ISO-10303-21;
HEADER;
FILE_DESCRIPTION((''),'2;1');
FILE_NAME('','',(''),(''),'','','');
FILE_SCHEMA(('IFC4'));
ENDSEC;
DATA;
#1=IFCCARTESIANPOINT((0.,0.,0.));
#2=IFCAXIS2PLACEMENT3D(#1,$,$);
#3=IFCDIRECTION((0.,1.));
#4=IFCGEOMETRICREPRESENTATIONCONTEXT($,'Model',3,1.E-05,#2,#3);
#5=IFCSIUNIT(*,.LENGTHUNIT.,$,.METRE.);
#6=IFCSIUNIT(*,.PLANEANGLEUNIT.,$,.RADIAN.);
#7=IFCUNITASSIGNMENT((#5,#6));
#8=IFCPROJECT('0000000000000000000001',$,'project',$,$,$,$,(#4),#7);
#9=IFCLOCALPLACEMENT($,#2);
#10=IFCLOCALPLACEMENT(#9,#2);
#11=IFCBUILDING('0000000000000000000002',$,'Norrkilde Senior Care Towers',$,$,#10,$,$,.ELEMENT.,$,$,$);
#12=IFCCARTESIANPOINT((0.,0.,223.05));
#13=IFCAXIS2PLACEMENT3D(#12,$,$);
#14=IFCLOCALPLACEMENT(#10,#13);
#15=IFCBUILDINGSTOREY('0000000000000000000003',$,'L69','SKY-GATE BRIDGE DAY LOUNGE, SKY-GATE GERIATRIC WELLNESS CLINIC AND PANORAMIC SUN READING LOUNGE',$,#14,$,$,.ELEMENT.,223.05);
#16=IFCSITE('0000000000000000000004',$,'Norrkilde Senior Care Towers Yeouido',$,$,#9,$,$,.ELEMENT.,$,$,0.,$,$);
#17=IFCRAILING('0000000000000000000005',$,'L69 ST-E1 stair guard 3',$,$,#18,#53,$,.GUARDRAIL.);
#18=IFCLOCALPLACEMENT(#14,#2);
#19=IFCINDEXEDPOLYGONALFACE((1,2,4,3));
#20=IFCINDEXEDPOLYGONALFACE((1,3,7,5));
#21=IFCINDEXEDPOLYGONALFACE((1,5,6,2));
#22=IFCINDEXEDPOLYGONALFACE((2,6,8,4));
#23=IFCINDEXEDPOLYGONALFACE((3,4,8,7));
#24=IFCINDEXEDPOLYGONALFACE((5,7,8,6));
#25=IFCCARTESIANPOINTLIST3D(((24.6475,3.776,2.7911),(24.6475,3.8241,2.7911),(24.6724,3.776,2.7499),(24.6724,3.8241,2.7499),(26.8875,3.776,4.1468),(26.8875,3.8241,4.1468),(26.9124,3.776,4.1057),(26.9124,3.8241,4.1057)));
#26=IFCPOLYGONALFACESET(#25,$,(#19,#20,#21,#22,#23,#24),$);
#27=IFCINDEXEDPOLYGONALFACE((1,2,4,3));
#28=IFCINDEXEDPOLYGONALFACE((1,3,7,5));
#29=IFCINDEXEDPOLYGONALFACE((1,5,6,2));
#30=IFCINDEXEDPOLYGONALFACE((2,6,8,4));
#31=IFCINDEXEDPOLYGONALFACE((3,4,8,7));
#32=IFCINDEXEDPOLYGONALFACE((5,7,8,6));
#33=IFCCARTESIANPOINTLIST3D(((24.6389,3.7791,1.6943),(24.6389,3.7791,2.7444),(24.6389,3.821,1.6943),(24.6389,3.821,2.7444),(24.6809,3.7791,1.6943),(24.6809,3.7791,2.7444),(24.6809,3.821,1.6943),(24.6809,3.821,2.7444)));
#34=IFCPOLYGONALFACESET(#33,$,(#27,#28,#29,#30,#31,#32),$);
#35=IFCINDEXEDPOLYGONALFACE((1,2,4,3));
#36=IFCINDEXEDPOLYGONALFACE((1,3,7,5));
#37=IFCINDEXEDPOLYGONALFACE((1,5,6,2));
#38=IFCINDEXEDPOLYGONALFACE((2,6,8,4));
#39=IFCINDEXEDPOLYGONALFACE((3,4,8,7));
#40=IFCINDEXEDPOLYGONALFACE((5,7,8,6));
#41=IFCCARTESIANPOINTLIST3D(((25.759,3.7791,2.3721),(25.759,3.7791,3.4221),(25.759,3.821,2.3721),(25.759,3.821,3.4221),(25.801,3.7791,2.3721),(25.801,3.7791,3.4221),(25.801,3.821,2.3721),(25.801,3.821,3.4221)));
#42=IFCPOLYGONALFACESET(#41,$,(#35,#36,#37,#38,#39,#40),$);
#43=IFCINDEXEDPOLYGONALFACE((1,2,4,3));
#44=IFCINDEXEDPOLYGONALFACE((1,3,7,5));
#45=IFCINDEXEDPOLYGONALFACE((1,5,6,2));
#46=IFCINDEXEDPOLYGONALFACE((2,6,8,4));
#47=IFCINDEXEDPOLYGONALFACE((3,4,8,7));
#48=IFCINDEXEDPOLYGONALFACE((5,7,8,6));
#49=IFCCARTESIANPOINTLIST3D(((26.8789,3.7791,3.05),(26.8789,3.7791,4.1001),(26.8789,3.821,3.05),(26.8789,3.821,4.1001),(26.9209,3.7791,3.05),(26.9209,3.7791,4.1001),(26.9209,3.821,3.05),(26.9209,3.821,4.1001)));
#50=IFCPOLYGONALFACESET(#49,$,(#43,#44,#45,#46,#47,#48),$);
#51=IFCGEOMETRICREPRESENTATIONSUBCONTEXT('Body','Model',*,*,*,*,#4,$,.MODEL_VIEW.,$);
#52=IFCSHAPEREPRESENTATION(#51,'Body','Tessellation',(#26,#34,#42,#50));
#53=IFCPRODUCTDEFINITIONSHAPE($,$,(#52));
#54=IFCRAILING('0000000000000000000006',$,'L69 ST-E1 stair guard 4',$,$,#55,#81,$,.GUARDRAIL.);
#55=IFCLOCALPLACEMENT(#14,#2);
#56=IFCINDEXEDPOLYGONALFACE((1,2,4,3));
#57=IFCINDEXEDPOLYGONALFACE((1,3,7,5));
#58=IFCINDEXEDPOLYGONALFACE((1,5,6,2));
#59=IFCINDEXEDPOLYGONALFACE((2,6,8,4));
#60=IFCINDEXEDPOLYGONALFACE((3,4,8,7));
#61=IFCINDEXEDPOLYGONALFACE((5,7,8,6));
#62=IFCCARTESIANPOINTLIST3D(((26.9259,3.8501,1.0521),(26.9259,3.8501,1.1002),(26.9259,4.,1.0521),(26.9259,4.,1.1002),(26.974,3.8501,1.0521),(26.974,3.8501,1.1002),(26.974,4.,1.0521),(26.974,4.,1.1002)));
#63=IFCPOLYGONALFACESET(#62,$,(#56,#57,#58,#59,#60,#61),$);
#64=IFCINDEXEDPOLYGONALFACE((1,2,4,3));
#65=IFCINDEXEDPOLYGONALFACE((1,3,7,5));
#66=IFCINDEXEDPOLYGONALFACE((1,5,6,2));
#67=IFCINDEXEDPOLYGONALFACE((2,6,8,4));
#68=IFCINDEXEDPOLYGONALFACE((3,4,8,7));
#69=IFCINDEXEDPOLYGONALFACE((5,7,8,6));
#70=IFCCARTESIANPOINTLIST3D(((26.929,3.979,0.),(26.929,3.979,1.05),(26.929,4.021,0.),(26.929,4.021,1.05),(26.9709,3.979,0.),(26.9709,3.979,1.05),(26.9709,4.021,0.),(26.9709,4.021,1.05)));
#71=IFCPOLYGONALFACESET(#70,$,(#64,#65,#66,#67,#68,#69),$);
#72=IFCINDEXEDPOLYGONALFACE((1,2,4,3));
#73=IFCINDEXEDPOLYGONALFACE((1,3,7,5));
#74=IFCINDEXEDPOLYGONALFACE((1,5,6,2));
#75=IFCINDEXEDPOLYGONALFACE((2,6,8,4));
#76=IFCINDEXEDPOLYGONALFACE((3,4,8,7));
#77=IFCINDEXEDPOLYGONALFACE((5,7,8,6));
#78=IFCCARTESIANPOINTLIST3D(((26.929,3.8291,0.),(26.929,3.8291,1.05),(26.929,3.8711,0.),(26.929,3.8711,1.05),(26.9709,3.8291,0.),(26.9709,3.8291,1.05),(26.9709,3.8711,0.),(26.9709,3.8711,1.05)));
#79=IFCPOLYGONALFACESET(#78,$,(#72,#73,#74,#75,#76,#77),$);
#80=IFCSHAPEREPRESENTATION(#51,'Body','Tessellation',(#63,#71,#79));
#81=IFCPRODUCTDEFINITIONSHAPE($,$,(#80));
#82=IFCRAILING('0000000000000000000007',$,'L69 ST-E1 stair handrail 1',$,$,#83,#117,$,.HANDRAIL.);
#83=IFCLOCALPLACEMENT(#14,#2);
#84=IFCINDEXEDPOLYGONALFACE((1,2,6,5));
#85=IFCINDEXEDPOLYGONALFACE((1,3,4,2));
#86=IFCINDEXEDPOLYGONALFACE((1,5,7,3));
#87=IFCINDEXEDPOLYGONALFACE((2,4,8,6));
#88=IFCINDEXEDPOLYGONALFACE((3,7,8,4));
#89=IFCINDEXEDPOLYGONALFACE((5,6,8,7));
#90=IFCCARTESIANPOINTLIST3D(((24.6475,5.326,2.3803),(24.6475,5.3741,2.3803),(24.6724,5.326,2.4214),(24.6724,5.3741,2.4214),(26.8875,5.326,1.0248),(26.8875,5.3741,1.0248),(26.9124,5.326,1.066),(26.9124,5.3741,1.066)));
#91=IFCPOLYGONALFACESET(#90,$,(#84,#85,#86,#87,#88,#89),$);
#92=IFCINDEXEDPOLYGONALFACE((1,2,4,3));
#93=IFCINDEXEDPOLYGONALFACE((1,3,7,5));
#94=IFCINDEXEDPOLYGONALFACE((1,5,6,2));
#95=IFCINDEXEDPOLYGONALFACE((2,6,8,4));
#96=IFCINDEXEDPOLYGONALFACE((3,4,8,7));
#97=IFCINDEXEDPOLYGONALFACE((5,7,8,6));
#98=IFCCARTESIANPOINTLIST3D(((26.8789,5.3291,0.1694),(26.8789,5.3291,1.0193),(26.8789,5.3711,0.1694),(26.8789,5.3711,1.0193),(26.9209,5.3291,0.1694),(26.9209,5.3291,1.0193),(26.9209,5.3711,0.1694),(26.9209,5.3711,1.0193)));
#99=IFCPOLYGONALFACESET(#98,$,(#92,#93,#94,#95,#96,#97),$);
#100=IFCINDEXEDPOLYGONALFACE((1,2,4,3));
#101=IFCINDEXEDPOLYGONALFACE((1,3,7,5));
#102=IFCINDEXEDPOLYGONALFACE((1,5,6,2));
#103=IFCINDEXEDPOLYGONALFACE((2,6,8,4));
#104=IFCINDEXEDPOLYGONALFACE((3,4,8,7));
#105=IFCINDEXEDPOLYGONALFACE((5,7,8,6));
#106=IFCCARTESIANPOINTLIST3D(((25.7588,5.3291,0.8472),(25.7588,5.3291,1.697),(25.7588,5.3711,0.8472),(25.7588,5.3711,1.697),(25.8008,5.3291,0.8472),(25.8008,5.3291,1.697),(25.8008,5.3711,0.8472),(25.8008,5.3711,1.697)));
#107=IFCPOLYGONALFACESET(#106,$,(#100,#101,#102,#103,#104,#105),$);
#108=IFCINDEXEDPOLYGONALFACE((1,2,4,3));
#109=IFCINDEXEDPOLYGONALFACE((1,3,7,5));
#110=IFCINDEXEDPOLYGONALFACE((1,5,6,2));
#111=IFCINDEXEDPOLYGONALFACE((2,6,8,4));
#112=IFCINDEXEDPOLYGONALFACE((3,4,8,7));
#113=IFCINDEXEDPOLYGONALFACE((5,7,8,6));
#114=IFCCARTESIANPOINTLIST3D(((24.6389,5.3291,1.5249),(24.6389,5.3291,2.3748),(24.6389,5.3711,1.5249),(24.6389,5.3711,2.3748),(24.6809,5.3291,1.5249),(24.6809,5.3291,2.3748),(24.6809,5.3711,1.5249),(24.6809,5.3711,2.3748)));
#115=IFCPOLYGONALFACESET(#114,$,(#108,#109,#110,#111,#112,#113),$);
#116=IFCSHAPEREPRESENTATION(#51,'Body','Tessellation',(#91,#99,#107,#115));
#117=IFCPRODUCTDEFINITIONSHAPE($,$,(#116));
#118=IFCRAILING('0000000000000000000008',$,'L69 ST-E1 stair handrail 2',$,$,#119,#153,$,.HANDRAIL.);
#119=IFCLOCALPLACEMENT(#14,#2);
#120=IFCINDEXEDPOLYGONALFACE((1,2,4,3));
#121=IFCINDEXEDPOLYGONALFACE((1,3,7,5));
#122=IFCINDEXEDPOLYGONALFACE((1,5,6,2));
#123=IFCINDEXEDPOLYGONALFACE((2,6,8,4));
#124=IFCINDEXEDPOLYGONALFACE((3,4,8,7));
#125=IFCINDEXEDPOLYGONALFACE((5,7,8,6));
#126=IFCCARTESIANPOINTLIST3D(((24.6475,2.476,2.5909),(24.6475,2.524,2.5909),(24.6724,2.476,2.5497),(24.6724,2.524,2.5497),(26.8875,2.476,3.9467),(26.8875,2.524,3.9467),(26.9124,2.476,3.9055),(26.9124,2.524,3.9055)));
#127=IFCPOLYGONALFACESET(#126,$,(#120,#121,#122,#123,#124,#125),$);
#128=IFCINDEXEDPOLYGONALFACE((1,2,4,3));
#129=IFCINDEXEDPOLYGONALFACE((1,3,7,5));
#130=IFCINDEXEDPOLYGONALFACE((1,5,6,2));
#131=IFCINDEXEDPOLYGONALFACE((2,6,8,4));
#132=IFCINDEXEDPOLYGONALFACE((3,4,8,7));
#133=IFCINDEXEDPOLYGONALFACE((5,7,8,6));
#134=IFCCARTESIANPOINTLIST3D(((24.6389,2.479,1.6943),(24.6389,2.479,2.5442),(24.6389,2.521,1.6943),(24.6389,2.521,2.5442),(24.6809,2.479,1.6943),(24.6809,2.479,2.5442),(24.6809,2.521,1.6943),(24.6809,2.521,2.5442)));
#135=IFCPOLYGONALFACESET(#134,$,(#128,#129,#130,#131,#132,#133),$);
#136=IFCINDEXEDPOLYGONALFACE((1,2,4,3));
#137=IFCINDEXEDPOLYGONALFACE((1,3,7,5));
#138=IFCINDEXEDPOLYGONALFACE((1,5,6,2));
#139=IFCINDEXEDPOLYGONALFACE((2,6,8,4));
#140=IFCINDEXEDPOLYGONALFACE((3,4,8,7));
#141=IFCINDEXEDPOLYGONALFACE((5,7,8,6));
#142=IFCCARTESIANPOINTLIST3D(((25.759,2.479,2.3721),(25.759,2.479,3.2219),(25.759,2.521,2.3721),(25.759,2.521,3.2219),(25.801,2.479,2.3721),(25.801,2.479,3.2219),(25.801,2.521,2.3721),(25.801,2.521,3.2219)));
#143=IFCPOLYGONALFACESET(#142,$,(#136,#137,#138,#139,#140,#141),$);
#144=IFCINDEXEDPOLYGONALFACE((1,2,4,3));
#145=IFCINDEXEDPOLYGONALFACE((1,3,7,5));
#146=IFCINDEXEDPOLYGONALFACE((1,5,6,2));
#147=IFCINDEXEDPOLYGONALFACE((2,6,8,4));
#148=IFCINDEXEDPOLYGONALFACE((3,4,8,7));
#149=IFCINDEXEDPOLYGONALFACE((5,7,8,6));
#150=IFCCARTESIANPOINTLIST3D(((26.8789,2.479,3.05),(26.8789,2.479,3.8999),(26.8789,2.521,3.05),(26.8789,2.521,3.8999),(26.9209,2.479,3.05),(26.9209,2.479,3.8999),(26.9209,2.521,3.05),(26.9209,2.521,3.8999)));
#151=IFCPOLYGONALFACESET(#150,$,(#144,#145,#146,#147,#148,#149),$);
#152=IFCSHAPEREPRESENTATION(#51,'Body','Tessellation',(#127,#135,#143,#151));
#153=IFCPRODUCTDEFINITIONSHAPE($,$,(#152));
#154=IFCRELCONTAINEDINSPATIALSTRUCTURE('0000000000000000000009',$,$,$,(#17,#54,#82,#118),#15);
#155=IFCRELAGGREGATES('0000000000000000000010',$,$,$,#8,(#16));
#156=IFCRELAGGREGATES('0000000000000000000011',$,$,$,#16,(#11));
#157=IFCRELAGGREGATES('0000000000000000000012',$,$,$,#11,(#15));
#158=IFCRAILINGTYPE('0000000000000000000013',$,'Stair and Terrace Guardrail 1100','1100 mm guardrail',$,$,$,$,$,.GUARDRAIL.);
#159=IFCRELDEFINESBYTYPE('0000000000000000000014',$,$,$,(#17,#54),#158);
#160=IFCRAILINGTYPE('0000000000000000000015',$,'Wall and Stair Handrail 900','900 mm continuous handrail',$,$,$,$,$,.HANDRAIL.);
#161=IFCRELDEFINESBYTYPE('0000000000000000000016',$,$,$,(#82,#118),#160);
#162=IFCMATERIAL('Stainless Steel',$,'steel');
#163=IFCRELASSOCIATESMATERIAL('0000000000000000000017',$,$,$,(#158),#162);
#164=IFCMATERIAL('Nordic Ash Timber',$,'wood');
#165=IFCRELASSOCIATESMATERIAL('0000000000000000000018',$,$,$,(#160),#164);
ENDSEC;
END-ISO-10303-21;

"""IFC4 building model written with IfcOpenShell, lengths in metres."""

from ifc_helpers import new_model, si_unit, direction, frame, origin, origin_2d, place, context, subcontext, project, spatial, rectangle, extrude, material, type_object, element, save


model = new_model("IFC4")

# Units and contexts
model_context = context("Model", 3, precision=1e-05, world=origin(), true_north=direction((0.0, 1.0)))
body_context = subcontext(model_context, "Body", "Model", "MODEL_VIEW")
ifc_project = project(units=[si_unit("LENGTHUNIT", "METRE"), si_unit("PLANEANGLEUNIT", "RADIAN")], contexts=[model_context])

# Site, building, storey
site_placement = place(None, origin())
site = spatial("IfcSite", under=ifc_project, at=site_placement, Name="Norrkilde Senior Care Towers Yeouido", CompositionType="ELEMENT", RefElevation=0.0)
building_placement = place(site_placement, origin())
building = spatial("IfcBuilding", under=site, at=building_placement, Name="Norrkilde Senior Care Towers", CompositionType="ELEMENT")
storey_placement = place(building_placement, frame((0.0, 0.0, 223.05)))
storey = spatial("IfcBuildingStorey", under=building, at=storey_placement, Name="L69", Description="SKY-GATE BRIDGE DAY LOUNGE, SKY-GATE GERIATRIC WELLNESS CLINIC AND PANORAMIC SUN READING LOUNGE", CompositionType="ELEMENT", Elevation=223.05)

# Shared definitions
ifc_material_1 = material(Name="Stainless Steel", Category="steel")

# Shared definitions
ifc_material_2 = material(Name="Nordic Ash Timber", Category="wood")

# Railings
railing_type_1 = type_object("IfcRailingType", Name="Stair and Terrace Guardrail 1100", Description="1100 mm guardrail", PredefinedType="GUARDRAIL", material=ifc_material_1)
railing_1_placement = place(storey_placement, frame((24.6599, 3.8, 1.6943)))
element("IfcRailing", 1, at=railing_1_placement, inside=storey, type_object=railing_type_1, Name="L69 ST-E1 stair guard 3", PredefinedType="GUARDRAIL", context=body_context, shape_type="SweptSolid", body=[
    extrude(rectangle(XDim=0.0481, YDim=0.0481, at=origin_2d()), frame((0.0, 0.0, 1.0762), z_axis=(0.855512, 0.0, 0.517783), x_axis=(0.0, 1.0, 0.0)), (0.0, 0.0, 1.0), 2.6184),
    extrude(rectangle(XDim=0.042, YDim=0.042, at=origin_2d()), origin(), (0.0, 0.0, 1.0), 1.05),
    extrude(rectangle(XDim=0.042, YDim=0.042, at=origin_2d()), frame((1.1201, 0.0, 0.6777)), (0.0, 0.0, 1.0), 1.05),
    extrude(rectangle(XDim=0.042, YDim=0.042, at=origin_2d()), frame((2.24, 0.0, 1.3557)), (0.0, 0.0, 1.0), 1.05),
])
railing_2_placement = place(storey_placement, frame((26.95, 4.0, 0.0)))
element("IfcRailing", 2, at=railing_2_placement, inside=storey, type_object=railing_type_1, Name="L69 ST-E1 stair guard 4", PredefinedType="GUARDRAIL", context=body_context, shape_type="SweptSolid", body=[
    extrude(rectangle(XDim=0.0481, YDim=0.0481, at=origin_2d()), frame((0.0, 0.0, 1.0762), z_axis=(0.0, -1.0, 0.0), x_axis=(1.0, 0.0, 0.0)), (0.0, 0.0, 1.0), 0.1499),
    extrude(rectangle(XDim=0.042, YDim=0.042, at=origin_2d()), origin(), (0.0, 0.0, 1.0), 1.05),
    extrude(rectangle(XDim=0.042, YDim=0.042, at=origin_2d()), frame((0.0, -0.1499, 0.0)), (0.0, 0.0, 1.0), 1.05),
])
railing_type_2 = type_object("IfcRailingType", Name="Wall and Stair Handrail 900", Description="900 mm continuous handrail", PredefinedType="HANDRAIL", material=ifc_material_2)
railing_3_placement = place(storey_placement, frame((26.8999, 5.3501, 0.1694)))
element("IfcRailing", 3, at=railing_3_placement, inside=storey, type_object=railing_type_2, Name="L69 ST-E1 stair handrail 1", PredefinedType="HANDRAIL", context=body_context, shape_type="SweptSolid", body=[
    extrude(rectangle(XDim=0.0481, YDim=0.0481, at=origin_2d()), frame((0.0, 0.0, 0.876), z_axis=(-0.855553, 0.0, 0.517715), x_axis=(0.0, -1.0, 0.0)), (0.0, 0.0, 1.0), 2.6182),
    extrude(rectangle(XDim=0.042, YDim=0.042, at=origin_2d()), origin(), (0.0, 0.0, 1.0), 0.8499),
    extrude(rectangle(XDim=0.042, YDim=0.042, at=origin_2d()), frame((-1.1201, 0.0, 0.6777)), (0.0, 0.0, 1.0), 0.8499),
    extrude(rectangle(XDim=0.042, YDim=0.042, at=origin_2d()), frame((-2.24, 0.0, 1.3555)), (0.0, 0.0, 1.0), 0.8499),
])
railing_4_placement = place(storey_placement, frame((24.6599, 2.5, 1.6943)))
element("IfcRailing", 4, at=railing_4_placement, inside=storey, type_object=railing_type_2, Name="L69 ST-E1 stair handrail 2", PredefinedType="HANDRAIL", context=body_context, shape_type="SweptSolid", body=[
    extrude(rectangle(XDim=0.0481, YDim=0.0481, at=origin_2d()), frame((0.0, 0.0, 0.876), z_axis=(0.855512, 0.0, 0.517783), x_axis=(0.0, 1.0, 0.0)), (0.0, 0.0, 1.0), 2.6184),
    extrude(rectangle(XDim=0.042, YDim=0.042, at=origin_2d()), origin(), (0.0, 0.0, 1.0), 0.8499),
    extrude(rectangle(XDim=0.042, YDim=0.042, at=origin_2d()), frame((1.1201, 0.0, 0.6777)), (0.0, 0.0, 1.0), 0.8499),
    extrude(rectangle(XDim=0.042, YDim=0.042, at=origin_2d()), frame((2.24, 0.0, 1.3557)), (0.0, 0.0, 1.0), 0.8499),
])

save(model, "model.ifc")
